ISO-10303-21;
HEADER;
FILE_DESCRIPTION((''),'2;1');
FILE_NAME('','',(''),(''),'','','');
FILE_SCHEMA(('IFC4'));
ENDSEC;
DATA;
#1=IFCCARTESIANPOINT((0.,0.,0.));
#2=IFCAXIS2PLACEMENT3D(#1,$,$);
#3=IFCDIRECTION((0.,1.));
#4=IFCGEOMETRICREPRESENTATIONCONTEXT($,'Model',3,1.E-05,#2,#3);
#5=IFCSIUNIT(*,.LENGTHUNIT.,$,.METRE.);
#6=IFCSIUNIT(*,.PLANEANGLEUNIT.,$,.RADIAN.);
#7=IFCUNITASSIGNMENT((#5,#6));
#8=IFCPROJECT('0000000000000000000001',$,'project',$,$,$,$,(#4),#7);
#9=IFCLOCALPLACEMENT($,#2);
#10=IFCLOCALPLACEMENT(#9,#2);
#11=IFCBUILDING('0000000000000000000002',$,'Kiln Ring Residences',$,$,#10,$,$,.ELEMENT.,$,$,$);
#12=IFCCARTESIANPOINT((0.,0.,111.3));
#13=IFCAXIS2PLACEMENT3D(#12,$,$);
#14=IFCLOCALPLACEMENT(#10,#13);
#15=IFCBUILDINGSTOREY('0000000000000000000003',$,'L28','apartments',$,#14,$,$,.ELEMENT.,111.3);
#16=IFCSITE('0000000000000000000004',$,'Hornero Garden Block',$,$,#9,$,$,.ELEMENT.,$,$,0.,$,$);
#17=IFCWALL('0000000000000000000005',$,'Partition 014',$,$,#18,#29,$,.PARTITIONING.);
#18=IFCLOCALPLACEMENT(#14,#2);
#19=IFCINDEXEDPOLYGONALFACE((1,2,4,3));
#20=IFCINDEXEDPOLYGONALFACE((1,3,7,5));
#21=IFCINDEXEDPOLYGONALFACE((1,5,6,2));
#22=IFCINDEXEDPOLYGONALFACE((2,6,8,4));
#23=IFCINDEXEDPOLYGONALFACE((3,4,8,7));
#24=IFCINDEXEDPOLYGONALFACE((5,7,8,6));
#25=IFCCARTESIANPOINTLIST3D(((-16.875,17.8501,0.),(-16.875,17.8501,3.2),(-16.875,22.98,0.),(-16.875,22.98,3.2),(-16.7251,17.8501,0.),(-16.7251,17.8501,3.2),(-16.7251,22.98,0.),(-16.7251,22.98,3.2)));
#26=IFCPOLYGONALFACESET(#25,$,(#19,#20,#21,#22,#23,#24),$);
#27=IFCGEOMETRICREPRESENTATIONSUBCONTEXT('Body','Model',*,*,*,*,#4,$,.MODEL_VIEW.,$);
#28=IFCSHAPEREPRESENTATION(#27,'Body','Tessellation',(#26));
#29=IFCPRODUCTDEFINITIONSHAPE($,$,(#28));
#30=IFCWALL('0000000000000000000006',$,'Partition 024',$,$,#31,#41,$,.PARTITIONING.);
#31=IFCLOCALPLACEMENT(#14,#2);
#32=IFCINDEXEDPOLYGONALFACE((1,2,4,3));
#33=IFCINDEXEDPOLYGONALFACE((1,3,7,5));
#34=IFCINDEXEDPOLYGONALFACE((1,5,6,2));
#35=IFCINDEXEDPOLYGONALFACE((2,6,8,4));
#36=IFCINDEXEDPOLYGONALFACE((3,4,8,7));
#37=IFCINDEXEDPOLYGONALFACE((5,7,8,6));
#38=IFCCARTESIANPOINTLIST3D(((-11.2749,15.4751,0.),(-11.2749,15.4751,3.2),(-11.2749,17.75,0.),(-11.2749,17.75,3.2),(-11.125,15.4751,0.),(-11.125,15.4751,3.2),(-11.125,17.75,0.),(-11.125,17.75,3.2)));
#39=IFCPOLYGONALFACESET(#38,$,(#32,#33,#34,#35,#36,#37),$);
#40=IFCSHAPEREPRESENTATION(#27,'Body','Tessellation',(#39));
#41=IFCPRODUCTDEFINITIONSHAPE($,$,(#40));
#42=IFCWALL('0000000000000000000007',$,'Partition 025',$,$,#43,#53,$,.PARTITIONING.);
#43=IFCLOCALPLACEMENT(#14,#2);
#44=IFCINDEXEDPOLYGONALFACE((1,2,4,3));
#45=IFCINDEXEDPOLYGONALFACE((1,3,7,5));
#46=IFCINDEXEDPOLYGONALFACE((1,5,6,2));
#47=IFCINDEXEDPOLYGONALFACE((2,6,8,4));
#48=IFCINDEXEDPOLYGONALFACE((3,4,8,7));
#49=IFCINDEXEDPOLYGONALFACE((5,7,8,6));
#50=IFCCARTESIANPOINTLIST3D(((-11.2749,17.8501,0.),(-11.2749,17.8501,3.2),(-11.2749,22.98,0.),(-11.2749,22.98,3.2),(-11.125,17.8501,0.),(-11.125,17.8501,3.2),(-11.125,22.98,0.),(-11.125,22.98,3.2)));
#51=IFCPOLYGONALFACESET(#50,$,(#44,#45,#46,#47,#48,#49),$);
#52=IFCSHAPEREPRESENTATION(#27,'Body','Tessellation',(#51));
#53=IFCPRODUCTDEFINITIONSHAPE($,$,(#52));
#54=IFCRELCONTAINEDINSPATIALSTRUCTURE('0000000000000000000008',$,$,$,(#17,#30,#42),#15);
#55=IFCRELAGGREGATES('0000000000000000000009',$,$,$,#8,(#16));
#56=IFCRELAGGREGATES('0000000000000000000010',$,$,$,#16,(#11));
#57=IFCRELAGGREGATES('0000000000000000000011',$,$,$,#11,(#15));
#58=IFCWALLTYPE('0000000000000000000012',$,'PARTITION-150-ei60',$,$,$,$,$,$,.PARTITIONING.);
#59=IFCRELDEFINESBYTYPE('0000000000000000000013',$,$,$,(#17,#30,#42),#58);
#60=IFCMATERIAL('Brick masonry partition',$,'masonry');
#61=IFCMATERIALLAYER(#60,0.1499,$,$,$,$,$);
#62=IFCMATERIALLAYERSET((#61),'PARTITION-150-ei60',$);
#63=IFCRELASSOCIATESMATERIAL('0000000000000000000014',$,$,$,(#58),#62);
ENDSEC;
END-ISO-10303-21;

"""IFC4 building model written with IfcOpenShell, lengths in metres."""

from ifc_helpers import new_model, si_unit, direction, frame, frame_2d, origin, place, context, subcontext, project, spatial, rectangle, extrude, material, layer, layer_set, type_object, element, save


model = new_model("IFC4")

# Units and contexts
model_context = context("Model", 3, precision=1e-05, world=origin(), true_north=direction((0.0, 1.0)))
body_context = subcontext(model_context, "Body", "Model", "MODEL_VIEW")
ifc_project = project(units=[si_unit("LENGTHUNIT", "METRE"), si_unit("PLANEANGLEUNIT", "RADIAN")], contexts=[model_context])

# Site, building, storey
site_placement = place(None, origin())
site = spatial("IfcSite", under=ifc_project, at=site_placement, Name="Hornero Garden Block", CompositionType="ELEMENT", RefElevation=0.0)
building_placement = place(site_placement, origin())
building = spatial("IfcBuilding", under=site, at=building_placement, Name="Kiln Ring Residences", CompositionType="ELEMENT")
storey_placement = place(building_placement, frame((0.0, 0.0, 111.3)))
storey = spatial("IfcBuildingStorey", under=building, at=storey_placement, Name="L28", Description="apartments", CompositionType="ELEMENT", Elevation=111.3)

# Walls
ifc_material_1 = material(Name="Brick masonry partition", Category="masonry")
ifc_layer_1 = layer(ifc_material_1, 0.1499)
ifc_layer_set_1 = layer_set([ifc_layer_1], Name="PARTITION-150-ei60")
wall_type_1 = type_object("IfcWallType", Name="PARTITION-150-ei60", PredefinedType="PARTITIONING", material=ifc_layer_set_1)
wall_1_placement = place(storey_placement, frame((-16.8, 17.8501, 0.0), z_axis=(0.0, 0.0, 1.0), x_axis=(0.0, 1.0, 0.0)))
element("IfcWall", 1, at=wall_1_placement, inside=storey, type_object=wall_type_1, Name="Partition 014", PredefinedType="PARTITIONING", context=body_context, shape_type="SweptSolid", body=[
    extrude(rectangle(XDim=5.1299, YDim=0.1499, at=frame_2d((2.5649, 0.0))), origin(), (0.0, 0.0, 1.0), 3.2),
])
wall_2_placement = place(storey_placement, frame((-11.2, 15.4751, 0.0), z_axis=(0.0, 0.0, 1.0), x_axis=(0.0, 1.0, 0.0)))
element("IfcWall", 2, at=wall_2_placement, inside=storey, type_object=wall_type_1, Name="Partition 024", PredefinedType="PARTITIONING", context=body_context, shape_type="SweptSolid", body=[
    extrude(rectangle(XDim=2.2749, YDim=0.1499, at=frame_2d((1.1375, 0.0))), origin(), (0.0, 0.0, 1.0), 3.2),
])
wall_3_placement = place(storey_placement, frame((-11.2, 17.8501, 0.0), z_axis=(0.0, 0.0, 1.0), x_axis=(0.0, 1.0, 0.0)))
element("IfcWall", 3, at=wall_3_placement, inside=storey, type_object=wall_type_1, Name="Partition 025", PredefinedType="PARTITIONING", context=body_context, shape_type="SweptSolid", body=[
    extrude(rectangle(XDim=5.1299, YDim=0.1499, at=frame_2d((2.5649, 0.0))), origin(), (0.0, 0.0, 1.0), 3.2),
])

save(model, "model.ifc")
